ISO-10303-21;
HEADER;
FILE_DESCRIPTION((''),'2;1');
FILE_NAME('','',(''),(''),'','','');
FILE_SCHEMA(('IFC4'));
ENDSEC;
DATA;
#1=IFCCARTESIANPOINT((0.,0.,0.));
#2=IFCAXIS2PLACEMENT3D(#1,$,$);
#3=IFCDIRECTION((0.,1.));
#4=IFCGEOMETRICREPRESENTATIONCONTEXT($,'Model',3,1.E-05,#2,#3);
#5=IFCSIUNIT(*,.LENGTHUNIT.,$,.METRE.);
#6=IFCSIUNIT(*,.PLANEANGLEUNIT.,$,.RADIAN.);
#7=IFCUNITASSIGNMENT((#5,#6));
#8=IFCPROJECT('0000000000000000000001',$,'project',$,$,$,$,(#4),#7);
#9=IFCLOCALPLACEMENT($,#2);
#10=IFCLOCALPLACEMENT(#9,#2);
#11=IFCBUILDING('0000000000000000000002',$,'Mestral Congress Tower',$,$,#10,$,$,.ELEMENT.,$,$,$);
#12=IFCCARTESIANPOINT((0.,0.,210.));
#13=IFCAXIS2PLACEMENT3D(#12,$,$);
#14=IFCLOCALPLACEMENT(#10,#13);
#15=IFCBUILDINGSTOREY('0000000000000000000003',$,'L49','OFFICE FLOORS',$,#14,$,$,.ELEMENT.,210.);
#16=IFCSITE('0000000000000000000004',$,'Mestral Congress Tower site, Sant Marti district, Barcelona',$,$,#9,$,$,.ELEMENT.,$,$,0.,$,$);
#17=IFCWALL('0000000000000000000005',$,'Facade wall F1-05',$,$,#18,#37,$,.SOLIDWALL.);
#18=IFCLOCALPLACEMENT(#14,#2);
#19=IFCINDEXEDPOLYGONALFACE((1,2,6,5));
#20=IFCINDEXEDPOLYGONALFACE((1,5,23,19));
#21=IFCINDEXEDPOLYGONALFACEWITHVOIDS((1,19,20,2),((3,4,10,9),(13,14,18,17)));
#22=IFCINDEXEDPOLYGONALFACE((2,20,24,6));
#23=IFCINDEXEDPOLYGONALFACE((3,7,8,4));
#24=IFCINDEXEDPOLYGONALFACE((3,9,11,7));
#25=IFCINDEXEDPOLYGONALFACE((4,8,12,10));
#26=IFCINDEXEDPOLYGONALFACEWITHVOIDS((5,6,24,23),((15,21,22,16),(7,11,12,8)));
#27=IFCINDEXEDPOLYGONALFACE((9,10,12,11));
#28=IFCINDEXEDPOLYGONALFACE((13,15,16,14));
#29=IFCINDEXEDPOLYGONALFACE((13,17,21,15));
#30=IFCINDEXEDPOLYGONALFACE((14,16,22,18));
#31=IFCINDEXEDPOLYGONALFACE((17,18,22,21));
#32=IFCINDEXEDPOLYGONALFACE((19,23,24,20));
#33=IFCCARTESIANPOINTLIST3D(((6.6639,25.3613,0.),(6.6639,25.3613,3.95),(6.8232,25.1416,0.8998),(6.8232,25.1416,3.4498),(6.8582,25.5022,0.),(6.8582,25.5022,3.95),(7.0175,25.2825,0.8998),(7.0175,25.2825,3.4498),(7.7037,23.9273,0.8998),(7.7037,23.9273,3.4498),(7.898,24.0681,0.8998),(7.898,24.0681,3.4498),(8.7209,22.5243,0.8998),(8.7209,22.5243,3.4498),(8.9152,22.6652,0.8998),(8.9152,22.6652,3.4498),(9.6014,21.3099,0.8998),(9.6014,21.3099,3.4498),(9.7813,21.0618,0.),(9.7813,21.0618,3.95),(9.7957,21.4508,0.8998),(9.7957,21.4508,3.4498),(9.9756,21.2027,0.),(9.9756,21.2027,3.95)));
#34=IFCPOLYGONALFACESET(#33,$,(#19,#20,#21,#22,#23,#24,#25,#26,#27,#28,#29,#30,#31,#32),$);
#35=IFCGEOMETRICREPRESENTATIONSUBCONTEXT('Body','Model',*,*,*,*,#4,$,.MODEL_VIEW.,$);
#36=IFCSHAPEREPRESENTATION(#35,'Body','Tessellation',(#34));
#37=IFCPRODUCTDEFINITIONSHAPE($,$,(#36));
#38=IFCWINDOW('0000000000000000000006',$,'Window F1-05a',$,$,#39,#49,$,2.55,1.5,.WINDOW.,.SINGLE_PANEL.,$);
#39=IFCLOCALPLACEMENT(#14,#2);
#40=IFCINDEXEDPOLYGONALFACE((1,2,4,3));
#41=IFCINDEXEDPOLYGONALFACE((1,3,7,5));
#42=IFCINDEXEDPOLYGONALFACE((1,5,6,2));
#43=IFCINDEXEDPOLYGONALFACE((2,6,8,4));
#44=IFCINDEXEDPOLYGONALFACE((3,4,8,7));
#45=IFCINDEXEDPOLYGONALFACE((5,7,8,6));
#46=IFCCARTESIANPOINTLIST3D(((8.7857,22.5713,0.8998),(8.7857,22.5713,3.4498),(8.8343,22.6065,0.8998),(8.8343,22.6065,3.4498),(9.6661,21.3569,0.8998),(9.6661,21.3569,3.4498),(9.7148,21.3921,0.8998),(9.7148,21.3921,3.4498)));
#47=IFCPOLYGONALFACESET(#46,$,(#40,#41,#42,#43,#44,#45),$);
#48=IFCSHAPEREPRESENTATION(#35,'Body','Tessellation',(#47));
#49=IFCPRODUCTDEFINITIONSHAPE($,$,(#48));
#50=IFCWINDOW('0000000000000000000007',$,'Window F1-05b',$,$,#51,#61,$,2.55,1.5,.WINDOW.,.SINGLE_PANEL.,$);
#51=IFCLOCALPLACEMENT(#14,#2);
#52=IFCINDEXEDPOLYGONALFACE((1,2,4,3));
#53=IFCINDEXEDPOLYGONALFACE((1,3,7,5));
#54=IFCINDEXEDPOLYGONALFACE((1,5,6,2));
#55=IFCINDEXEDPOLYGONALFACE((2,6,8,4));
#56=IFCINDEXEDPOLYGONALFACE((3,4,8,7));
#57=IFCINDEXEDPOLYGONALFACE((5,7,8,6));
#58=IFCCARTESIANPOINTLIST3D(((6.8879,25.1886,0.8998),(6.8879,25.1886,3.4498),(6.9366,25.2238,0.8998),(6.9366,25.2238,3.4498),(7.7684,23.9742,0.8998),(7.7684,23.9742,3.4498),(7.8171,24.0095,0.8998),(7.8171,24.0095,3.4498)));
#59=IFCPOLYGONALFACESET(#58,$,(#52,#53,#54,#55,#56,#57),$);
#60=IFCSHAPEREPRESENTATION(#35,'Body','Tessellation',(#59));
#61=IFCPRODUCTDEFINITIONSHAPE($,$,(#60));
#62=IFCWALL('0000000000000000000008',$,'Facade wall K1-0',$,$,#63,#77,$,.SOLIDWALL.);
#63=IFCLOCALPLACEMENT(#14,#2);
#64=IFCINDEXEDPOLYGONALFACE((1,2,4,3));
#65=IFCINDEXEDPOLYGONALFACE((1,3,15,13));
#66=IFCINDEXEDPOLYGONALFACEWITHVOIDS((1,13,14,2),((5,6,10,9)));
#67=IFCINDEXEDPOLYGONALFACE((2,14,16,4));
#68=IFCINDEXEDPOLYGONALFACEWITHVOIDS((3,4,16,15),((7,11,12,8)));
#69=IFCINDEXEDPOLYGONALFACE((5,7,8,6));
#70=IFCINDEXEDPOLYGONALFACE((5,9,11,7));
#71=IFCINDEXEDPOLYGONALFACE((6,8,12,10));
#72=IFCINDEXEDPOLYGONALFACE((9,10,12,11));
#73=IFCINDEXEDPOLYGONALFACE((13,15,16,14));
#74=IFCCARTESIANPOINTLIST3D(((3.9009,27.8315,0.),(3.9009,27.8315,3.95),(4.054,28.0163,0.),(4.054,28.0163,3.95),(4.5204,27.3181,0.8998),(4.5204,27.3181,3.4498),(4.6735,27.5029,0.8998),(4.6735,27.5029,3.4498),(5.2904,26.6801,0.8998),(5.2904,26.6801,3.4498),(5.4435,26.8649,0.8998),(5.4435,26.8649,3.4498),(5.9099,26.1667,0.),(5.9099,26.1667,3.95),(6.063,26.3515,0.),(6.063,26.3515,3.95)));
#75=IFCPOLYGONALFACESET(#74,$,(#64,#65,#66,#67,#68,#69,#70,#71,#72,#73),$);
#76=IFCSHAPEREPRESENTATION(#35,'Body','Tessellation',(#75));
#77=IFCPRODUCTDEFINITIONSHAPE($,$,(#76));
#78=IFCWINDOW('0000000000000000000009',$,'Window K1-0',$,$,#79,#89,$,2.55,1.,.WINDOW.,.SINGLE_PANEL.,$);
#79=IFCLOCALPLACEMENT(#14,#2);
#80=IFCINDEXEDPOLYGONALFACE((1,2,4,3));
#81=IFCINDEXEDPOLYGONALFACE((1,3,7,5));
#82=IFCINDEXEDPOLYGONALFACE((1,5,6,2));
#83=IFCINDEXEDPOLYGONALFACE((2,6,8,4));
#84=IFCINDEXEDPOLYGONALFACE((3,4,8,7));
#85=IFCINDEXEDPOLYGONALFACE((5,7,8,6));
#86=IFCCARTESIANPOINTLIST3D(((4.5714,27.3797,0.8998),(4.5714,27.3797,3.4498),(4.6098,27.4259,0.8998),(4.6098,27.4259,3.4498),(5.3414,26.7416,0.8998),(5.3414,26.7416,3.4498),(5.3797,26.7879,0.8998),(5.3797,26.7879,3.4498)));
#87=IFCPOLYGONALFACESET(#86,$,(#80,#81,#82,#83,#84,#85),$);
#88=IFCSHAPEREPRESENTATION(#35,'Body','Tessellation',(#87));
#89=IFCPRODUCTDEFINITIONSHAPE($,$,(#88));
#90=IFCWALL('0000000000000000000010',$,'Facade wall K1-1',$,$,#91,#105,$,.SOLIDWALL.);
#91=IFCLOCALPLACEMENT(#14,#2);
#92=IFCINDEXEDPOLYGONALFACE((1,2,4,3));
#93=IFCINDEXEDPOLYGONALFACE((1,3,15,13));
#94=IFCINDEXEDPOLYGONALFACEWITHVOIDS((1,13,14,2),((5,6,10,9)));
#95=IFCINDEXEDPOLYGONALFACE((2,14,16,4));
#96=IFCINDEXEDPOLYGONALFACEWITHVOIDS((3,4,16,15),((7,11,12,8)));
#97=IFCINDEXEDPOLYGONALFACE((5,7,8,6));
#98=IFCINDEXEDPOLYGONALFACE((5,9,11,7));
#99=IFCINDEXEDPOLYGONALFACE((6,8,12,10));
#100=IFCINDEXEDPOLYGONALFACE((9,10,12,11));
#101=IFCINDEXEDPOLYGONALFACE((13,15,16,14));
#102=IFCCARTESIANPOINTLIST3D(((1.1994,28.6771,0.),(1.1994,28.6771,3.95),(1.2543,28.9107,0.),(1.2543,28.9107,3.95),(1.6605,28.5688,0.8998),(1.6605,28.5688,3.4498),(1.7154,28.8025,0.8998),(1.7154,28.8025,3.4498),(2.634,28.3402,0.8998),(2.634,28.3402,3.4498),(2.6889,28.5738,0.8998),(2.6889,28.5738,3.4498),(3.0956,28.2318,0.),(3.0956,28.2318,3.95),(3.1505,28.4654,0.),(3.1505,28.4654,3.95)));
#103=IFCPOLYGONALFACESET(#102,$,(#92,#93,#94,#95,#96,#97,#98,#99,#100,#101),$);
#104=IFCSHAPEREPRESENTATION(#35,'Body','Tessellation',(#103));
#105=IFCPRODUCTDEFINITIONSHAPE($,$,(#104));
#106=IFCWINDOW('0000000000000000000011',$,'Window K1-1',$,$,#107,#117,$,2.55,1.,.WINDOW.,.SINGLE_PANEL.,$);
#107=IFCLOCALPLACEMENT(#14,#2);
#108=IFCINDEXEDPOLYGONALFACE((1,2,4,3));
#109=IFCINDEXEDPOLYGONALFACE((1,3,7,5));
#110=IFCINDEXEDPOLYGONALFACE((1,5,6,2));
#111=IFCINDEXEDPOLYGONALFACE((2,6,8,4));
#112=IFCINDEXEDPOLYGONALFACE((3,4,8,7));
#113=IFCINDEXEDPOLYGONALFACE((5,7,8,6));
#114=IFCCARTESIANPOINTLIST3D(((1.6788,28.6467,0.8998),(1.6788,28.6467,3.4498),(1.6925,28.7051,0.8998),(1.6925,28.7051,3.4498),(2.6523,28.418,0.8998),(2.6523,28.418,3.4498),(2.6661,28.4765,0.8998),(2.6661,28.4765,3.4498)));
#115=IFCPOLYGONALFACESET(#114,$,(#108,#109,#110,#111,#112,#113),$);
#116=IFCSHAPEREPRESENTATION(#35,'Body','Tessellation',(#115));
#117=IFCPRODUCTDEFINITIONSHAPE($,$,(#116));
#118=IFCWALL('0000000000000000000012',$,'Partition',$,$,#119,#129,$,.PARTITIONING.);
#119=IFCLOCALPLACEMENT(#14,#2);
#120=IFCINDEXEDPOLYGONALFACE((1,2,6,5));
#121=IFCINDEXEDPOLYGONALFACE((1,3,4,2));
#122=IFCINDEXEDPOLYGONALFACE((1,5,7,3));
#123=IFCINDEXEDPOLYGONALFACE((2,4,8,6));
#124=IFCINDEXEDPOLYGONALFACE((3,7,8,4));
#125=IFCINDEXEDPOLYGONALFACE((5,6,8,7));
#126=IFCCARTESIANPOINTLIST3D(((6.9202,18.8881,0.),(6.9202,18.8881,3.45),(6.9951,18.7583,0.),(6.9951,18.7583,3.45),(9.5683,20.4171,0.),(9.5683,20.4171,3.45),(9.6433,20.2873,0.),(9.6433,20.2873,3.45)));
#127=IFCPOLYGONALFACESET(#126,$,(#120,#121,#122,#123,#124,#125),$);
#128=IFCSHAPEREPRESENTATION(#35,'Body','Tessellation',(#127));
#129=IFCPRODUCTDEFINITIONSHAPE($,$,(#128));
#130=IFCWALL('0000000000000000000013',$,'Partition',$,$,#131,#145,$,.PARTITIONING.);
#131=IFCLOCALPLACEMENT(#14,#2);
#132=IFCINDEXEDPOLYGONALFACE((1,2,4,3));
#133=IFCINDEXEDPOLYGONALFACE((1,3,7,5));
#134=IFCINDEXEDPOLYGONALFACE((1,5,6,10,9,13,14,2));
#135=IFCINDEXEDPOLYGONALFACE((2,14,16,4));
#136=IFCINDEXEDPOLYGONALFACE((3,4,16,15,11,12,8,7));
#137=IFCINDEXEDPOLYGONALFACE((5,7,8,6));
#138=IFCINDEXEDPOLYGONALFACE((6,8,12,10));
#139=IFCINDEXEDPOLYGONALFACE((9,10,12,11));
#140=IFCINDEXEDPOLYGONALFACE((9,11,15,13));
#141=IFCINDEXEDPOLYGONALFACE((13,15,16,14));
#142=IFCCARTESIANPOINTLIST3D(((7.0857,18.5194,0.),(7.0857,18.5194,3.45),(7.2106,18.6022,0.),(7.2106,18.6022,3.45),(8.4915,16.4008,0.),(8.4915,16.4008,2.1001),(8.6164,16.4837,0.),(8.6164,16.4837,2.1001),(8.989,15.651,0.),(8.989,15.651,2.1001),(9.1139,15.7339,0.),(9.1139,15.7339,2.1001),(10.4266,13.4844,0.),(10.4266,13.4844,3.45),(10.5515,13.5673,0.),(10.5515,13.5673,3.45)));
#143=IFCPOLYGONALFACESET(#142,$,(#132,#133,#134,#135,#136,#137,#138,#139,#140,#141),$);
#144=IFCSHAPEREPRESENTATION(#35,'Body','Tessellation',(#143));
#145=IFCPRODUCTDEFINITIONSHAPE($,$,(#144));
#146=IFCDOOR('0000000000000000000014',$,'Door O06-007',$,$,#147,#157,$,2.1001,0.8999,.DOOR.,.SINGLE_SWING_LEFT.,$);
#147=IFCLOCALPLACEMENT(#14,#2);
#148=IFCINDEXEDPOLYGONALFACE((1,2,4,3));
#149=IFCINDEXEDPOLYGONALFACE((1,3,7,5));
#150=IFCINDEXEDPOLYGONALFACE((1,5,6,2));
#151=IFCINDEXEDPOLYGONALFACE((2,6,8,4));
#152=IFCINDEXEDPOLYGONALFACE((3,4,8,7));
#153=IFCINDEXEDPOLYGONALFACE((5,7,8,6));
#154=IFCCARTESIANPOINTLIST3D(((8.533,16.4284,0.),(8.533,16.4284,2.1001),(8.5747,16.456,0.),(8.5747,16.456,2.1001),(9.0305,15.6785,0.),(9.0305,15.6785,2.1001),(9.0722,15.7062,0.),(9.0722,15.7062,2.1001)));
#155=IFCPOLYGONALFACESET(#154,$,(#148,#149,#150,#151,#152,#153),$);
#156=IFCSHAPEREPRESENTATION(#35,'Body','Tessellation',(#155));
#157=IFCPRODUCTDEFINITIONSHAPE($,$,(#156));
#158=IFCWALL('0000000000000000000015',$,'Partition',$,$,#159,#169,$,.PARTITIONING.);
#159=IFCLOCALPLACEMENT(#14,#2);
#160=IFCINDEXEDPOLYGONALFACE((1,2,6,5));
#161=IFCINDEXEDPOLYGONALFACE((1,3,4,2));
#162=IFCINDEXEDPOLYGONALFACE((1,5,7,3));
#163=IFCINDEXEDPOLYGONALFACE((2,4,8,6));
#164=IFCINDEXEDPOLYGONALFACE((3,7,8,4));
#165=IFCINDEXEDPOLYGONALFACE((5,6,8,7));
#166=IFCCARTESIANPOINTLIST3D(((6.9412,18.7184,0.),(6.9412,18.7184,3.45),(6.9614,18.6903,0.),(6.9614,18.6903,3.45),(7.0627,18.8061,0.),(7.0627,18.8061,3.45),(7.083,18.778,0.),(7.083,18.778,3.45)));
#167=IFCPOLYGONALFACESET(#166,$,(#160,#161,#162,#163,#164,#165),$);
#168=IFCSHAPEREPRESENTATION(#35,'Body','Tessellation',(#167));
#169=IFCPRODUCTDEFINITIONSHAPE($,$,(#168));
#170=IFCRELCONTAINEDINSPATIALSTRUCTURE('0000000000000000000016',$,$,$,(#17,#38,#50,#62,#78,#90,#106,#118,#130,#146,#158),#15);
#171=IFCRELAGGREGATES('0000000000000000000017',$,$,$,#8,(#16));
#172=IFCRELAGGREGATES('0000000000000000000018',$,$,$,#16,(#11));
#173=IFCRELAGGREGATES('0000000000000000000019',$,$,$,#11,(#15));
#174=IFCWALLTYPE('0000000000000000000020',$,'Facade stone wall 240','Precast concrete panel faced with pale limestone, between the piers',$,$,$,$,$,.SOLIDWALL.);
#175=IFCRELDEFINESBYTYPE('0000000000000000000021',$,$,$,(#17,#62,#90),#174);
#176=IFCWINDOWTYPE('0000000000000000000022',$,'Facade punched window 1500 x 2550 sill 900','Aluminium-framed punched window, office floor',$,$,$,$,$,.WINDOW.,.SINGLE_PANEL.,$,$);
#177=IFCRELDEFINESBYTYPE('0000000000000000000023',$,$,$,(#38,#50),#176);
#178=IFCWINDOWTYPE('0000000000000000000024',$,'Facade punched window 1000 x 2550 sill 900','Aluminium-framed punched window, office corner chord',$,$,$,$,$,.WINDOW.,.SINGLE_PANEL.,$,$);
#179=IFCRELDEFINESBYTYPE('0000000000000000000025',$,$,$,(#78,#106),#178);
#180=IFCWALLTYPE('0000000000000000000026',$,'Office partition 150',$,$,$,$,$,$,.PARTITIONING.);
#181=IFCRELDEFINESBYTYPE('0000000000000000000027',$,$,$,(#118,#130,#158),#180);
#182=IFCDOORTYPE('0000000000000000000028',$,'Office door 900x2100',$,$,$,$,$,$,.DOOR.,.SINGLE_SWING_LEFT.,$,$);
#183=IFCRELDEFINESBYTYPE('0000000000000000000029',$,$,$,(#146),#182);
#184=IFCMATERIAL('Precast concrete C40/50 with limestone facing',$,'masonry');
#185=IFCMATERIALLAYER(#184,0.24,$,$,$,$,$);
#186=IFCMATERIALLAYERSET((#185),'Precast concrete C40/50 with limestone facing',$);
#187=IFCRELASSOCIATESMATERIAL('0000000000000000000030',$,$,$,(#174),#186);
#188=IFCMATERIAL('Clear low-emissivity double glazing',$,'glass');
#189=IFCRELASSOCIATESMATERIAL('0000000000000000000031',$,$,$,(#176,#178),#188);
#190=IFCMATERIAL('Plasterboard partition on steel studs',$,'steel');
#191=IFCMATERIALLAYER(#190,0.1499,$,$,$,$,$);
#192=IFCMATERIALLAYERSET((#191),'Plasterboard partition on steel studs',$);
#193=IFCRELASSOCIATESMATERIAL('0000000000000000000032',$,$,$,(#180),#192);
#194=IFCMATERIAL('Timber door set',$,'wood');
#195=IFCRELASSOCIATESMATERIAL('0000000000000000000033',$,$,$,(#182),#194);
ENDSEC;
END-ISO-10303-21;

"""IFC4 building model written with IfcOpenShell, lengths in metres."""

from ifc_helpers import new_model, si_unit, direction, frame, frame_2d, origin, place, context, subcontext, project, spatial, rectangle, extrude, material, layer, layer_set, type_object, element, fill, save


model = new_model("IFC4")

# Units and contexts
model_context = context("Model", 3, precision=1e-05, world=origin(), true_north=direction((0.0, 1.0)))
body_context = subcontext(model_context, "Body", "Model", "MODEL_VIEW")
ifc_project = project(units=[si_unit("LENGTHUNIT", "METRE"), si_unit("PLANEANGLEUNIT", "RADIAN")], contexts=[model_context])

# Site, building, storey
site_placement = place(None, origin())
site = spatial("IfcSite", under=ifc_project, at=site_placement, Name="Mestral Congress Tower site, Sant Marti district, Barcelona", CompositionType="ELEMENT", RefElevation=0.0)
building_placement = place(site_placement, origin())
building = spatial("IfcBuilding", under=site, at=building_placement, Name="Mestral Congress Tower", CompositionType="ELEMENT")
storey_placement = place(building_placement, frame((0.0, 0.0, 210.0)))
storey = spatial("IfcBuildingStorey", under=building, at=storey_placement, Name="L49", Description="OFFICE FLOORS", CompositionType="ELEMENT", Elevation=210.0)

# Wall, openings, windows
ifc_material_1 = material(Name="Precast concrete C40/50 with limestone facing", Category="masonry")
ifc_layer_1 = layer(ifc_material_1, 0.24)
ifc_layer_set_1 = layer_set([ifc_layer_1], Name="Precast concrete C40/50 with limestone facing")
wall_type_1 = type_object("IfcWallType", Name="Facade stone wall 240", Description="Precast concrete panel faced with pale limestone, between the piers", PredefinedType="SOLIDWALL", material=ifc_layer_set_1)
wall_1_placement = place(storey_placement, frame((9.8784, 21.1323, 0.0), z_axis=(0.0, 0.0, 1.0), x_axis=(-0.586998, 0.809588, 0.0)))
wall_1 = element("IfcWall", 1, at=wall_1_placement, inside=storey, type_object=wall_type_1, Name="Facade wall F1-05", PredefinedType="SOLIDWALL", context=body_context, shape_type="SweptSolid", body=[
    extrude(rectangle(XDim=5.3108, YDim=0.24, at=frame_2d((2.6553, 0.0))), origin(), (0.0, 0.0, 1.0), 3.95),
])
opening_1_placement = place(wall_1_placement, frame((0.3064, 0.0, 0.8999)))
opening_1 = element("IfcOpeningElement", 2, at=opening_1_placement, cuts=wall_1, PredefinedType="OPENING", context=body_context, shape_type="SweptSolid", body=[
    extrude(rectangle(XDim=1.5, YDim=2.55, at=frame_2d((0.75, 1.2749))), frame((0.0, 0.1299, 0.0), z_axis=(0.0, -1.0, 0.0), x_axis=(1.0, 0.0, 0.0)), (0.0, 0.0, 1.0), 0.26),
])
opening_2_placement = place(wall_1_placement, frame((3.5393, 0.0, 0.8999)))
opening_2 = element("IfcOpeningElement", 3, at=opening_2_placement, cuts=wall_1, PredefinedType="OPENING", context=body_context, shape_type="SweptSolid", body=[
    extrude(rectangle(XDim=1.5, YDim=2.55, at=frame_2d((0.75, 1.2749))), frame((0.0, 0.1299, 0.0), z_axis=(0.0, -1.0, 0.0), x_axis=(1.0, 0.0, 0.0)), (0.0, 0.0, 1.0), 0.26),
])
ifc_material_2 = material(Name="Clear low-emissivity double glazing", Category="glass")
window_type_1 = type_object("IfcWindowType", Name="Facade punched window 1500 x 2550 sill 900", Description="Aluminium-framed punched window, office floor", PartitioningType="SINGLE_PANEL", PredefinedType="WINDOW", material=ifc_material_2)
window_1_placement = place(opening_1_placement, origin())
window_1 = element("IfcWindow", 4, at=window_1_placement, inside=storey, type_object=window_type_1, Name="Window F1-05a", OverallHeight=2.55, OverallWidth=1.5, PartitioningType="SINGLE_PANEL", PredefinedType="WINDOW", context=body_context, shape_type="SweptSolid", body=[
    extrude(rectangle(XDim=1.5, YDim=2.55, at=frame_2d((0.75, 1.2749))), frame((0.0, 0.04, 0.0), z_axis=(0.0, -1.0, 0.0), x_axis=(1.0, 0.0, 0.0)), (0.0, 0.0, 1.0), 0.0601),
])
fill(opening_1, window_1)
window_2_placement = place(opening_2_placement, origin())
window_2 = element("IfcWindow", 5, at=window_2_placement, inside=storey, type_object=window_type_1, Name="Window F1-05b", OverallHeight=2.55, OverallWidth=1.5, PartitioningType="SINGLE_PANEL", PredefinedType="WINDOW", context=body_context, shape_type="SweptSolid", body=[
    extrude(rectangle(XDim=1.5, YDim=2.55, at=frame_2d((0.75, 1.2749))), frame((0.0, 0.04, 0.0), z_axis=(0.0, -1.0, 0.0), x_axis=(1.0, 0.0, 0.0)), (0.0, 0.0, 1.0), 0.0601),
])
fill(opening_2, window_2)

# Walls, openings, windows
wall_2_placement = place(storey_placement, frame((5.9866, 26.259, 0.0), z_axis=(0.0, 0.0, 1.0), x_axis=(-0.76999, 0.638056, 0.0)))
wall_2 = element("IfcWall", 6, at=wall_2_placement, inside=storey, type_object=wall_type_1, Name="Facade wall K1-0", PredefinedType="SOLIDWALL", context=body_context, shape_type="SweptSolid", body=[
    extrude(rectangle(XDim=2.6091, YDim=0.24, at=frame_2d((1.3047, 0.0))), origin(), (0.0, 0.0, 1.0), 3.95),
])
opening_3_placement = place(wall_2_placement, frame((0.8047, 0.0, 0.8999)))
opening_3 = element("IfcOpeningElement", 7, at=opening_3_placement, cuts=wall_2, PredefinedType="OPENING", context=body_context, shape_type="SweptSolid", body=[
    extrude(rectangle(XDim=1.0, YDim=2.55, at=frame_2d((0.5, 1.2749))), frame((0.0, 0.1299, 0.0), z_axis=(0.0, -1.0, 0.0), x_axis=(1.0, 0.0, 0.0)), (0.0, 0.0, 1.0), 0.26),
])
window_type_2 = type_object("IfcWindowType", Name="Facade punched window 1000 x 2550 sill 900", Description="Aluminium-framed punched window, office corner chord", PartitioningType="SINGLE_PANEL", PredefinedType="WINDOW", material=ifc_material_2)
window_3_placement = place(opening_3_placement, origin())
window_3 = element("IfcWindow", 8, at=window_3_placement, inside=storey, type_object=window_type_2, Name="Window K1-0", OverallHeight=2.55, OverallWidth=1.0, PartitioningType="SINGLE_PANEL", PredefinedType="WINDOW", context=body_context, shape_type="SweptSolid", body=[
    extrude(rectangle(XDim=1.0, YDim=2.55, at=frame_2d((0.5, 1.2749))), frame((0.0, 0.04, 0.0), z_axis=(0.0, -1.0, 0.0), x_axis=(1.0, 0.0, 0.0)), (0.0, 0.0, 1.0), 0.0601),
])
fill(opening_3, window_3)
wall_3_placement = place(storey_placement, frame((3.123, 28.3486, 0.0), z_axis=(0.0, 0.0, 1.0), x_axis=(-0.973516, 0.22862, 0.0)))
wall_3 = element("IfcWall", 9, at=wall_3_placement, inside=storey, type_object=wall_type_1, Name="Facade wall K1-1", PredefinedType="SOLIDWALL", context=body_context, shape_type="SweptSolid", body=[
    extrude(rectangle(XDim=1.9478, YDim=0.24, at=frame_2d((0.9739, 0.0))), origin(), (0.0, 0.0, 1.0), 3.95),
])
opening_4_placement = place(wall_3_placement, frame((0.4741, 0.0, 0.8999)))
opening_4 = element("IfcOpeningElement", 10, at=opening_4_placement, cuts=wall_3, PredefinedType="OPENING", context=body_context, shape_type="SweptSolid", body=[
    extrude(rectangle(XDim=1.0, YDim=2.55, at=frame_2d((0.5, 1.2749))), frame((0.0, 0.1299, 0.0), z_axis=(0.0, -1.0, 0.0), x_axis=(1.0, 0.0, 0.0)), (0.0, 0.0, 1.0), 0.26),
])
window_4_placement = place(opening_4_placement, origin())
window_4 = element("IfcWindow", 11, at=window_4_placement, inside=storey, type_object=window_type_2, Name="Window K1-1", OverallHeight=2.55, OverallWidth=1.0, PartitioningType="SINGLE_PANEL", PredefinedType="WINDOW", context=body_context, shape_type="SweptSolid", body=[
    extrude(rectangle(XDim=1.0, YDim=2.55, at=frame_2d((0.5, 1.2749))), frame((0.0, 0.04, 0.0), z_axis=(0.0, -1.0, 0.0), x_axis=(1.0, 0.0, 0.0)), (0.0, 0.0, 1.0), 0.0601),
])
fill(opening_4, window_4)

# Wall
ifc_material_3 = material(Name="Plasterboard partition on steel studs", Category="steel")
ifc_layer_2 = layer(ifc_material_3, 0.1499)
ifc_layer_set_2 = layer_set([ifc_layer_2], Name="Plasterboard partition on steel studs")
wall_type_2 = type_object("IfcWallType", Name="Office partition 150", PredefinedType="PARTITIONING", material=ifc_layer_set_2)
wall_4_placement = place(storey_placement, frame((6.9578, 18.8232, 0.0), z_axis=(0.0, 0.0, 1.0), x_axis=(0.866009, 0.500029, 0.0)))
element("IfcWall", 12, at=wall_4_placement, inside=storey, type_object=wall_type_2, Name="Partition", PredefinedType="PARTITIONING", context=body_context, shape_type="SweptSolid", body=[
    extrude(rectangle(XDim=3.0579, YDim=0.1499, at=frame_2d((1.5288, 0.0))), origin(), (0.0, 0.0, 1.0), 3.45),
])

# Wall, opening, door
wall_5_placement = place(storey_placement, frame((7.1482, 18.5608, 0.0), z_axis=(0.0, 0.0, 1.0), x_axis=(0.55289, -0.833254, 0.0)))
wall_5 = element("IfcWall", 13, at=wall_5_placement, inside=storey, type_object=wall_type_2, Name="Partition", PredefinedType="PARTITIONING", context=body_context, shape_type="SweptSolid", body=[
    extrude(rectangle(XDim=6.0425, YDim=0.1499, at=frame_2d((3.0212, 0.0))), origin(), (0.0, 0.0, 1.0), 3.45),
])
opening_5_placement = place(wall_5_placement, frame((2.5425, 0.0, 0.0)))
opening_5 = element("IfcOpeningElement", 14, at=opening_5_placement, cuts=wall_5, PredefinedType="OPENING", context=body_context, shape_type="SweptSolid", body=[
    extrude(rectangle(XDim=0.8999, YDim=2.1001, at=frame_2d((0.45, 1.05))), frame((0.0, 0.085, 0.0), z_axis=(0.0, -1.0, 0.0), x_axis=(1.0, 0.0, 0.0)), (0.0, 0.0, 1.0), 0.1699),
])
ifc_material_4 = material(Name="Timber door set", Category="wood")
door_type = type_object("IfcDoorType", Name="Office door 900x2100", OperationType="SINGLE_SWING_LEFT", PredefinedType="DOOR", material=ifc_material_4)
door_1_placement = place(opening_5_placement, origin())
door_1 = element("IfcDoor", 15, at=door_1_placement, inside=storey, type_object=door_type, Name="Door O06-007", OperationType="SINGLE_SWING_LEFT", OverallHeight=2.1001, OverallWidth=0.8999, PredefinedType="DOOR", context=body_context, shape_type="SweptSolid", body=[
    extrude(rectangle(XDim=0.8999, YDim=2.1001, at=frame_2d((0.45, 1.05))), frame((0.0, 0.0249, 0.0), z_axis=(0.0, -1.0, 0.0), x_axis=(1.0, 0.0, 0.0)), (0.0, 0.0, 1.0), 0.05),
])
fill(opening_5, door_1)

# Wall
wall_6_placement = place(storey_placement, frame((7.0222, 18.7341, 0.0), z_axis=(0.0, 0.0, 1.0), x_axis=(-0.585233, 0.810865, 0.0)))
element("IfcWall", 16, at=wall_6_placement, inside=storey, type_object=wall_type_2, Name="Partition", PredefinedType="PARTITIONING", context=body_context, shape_type="SweptSolid", body=[
    extrude(rectangle(XDim=0.0347, YDim=0.1499, at=frame_2d((0.0173, 0.0))), origin(), (0.0, 0.0, 1.0), 3.45),
])

save(model, "model.ifc")
